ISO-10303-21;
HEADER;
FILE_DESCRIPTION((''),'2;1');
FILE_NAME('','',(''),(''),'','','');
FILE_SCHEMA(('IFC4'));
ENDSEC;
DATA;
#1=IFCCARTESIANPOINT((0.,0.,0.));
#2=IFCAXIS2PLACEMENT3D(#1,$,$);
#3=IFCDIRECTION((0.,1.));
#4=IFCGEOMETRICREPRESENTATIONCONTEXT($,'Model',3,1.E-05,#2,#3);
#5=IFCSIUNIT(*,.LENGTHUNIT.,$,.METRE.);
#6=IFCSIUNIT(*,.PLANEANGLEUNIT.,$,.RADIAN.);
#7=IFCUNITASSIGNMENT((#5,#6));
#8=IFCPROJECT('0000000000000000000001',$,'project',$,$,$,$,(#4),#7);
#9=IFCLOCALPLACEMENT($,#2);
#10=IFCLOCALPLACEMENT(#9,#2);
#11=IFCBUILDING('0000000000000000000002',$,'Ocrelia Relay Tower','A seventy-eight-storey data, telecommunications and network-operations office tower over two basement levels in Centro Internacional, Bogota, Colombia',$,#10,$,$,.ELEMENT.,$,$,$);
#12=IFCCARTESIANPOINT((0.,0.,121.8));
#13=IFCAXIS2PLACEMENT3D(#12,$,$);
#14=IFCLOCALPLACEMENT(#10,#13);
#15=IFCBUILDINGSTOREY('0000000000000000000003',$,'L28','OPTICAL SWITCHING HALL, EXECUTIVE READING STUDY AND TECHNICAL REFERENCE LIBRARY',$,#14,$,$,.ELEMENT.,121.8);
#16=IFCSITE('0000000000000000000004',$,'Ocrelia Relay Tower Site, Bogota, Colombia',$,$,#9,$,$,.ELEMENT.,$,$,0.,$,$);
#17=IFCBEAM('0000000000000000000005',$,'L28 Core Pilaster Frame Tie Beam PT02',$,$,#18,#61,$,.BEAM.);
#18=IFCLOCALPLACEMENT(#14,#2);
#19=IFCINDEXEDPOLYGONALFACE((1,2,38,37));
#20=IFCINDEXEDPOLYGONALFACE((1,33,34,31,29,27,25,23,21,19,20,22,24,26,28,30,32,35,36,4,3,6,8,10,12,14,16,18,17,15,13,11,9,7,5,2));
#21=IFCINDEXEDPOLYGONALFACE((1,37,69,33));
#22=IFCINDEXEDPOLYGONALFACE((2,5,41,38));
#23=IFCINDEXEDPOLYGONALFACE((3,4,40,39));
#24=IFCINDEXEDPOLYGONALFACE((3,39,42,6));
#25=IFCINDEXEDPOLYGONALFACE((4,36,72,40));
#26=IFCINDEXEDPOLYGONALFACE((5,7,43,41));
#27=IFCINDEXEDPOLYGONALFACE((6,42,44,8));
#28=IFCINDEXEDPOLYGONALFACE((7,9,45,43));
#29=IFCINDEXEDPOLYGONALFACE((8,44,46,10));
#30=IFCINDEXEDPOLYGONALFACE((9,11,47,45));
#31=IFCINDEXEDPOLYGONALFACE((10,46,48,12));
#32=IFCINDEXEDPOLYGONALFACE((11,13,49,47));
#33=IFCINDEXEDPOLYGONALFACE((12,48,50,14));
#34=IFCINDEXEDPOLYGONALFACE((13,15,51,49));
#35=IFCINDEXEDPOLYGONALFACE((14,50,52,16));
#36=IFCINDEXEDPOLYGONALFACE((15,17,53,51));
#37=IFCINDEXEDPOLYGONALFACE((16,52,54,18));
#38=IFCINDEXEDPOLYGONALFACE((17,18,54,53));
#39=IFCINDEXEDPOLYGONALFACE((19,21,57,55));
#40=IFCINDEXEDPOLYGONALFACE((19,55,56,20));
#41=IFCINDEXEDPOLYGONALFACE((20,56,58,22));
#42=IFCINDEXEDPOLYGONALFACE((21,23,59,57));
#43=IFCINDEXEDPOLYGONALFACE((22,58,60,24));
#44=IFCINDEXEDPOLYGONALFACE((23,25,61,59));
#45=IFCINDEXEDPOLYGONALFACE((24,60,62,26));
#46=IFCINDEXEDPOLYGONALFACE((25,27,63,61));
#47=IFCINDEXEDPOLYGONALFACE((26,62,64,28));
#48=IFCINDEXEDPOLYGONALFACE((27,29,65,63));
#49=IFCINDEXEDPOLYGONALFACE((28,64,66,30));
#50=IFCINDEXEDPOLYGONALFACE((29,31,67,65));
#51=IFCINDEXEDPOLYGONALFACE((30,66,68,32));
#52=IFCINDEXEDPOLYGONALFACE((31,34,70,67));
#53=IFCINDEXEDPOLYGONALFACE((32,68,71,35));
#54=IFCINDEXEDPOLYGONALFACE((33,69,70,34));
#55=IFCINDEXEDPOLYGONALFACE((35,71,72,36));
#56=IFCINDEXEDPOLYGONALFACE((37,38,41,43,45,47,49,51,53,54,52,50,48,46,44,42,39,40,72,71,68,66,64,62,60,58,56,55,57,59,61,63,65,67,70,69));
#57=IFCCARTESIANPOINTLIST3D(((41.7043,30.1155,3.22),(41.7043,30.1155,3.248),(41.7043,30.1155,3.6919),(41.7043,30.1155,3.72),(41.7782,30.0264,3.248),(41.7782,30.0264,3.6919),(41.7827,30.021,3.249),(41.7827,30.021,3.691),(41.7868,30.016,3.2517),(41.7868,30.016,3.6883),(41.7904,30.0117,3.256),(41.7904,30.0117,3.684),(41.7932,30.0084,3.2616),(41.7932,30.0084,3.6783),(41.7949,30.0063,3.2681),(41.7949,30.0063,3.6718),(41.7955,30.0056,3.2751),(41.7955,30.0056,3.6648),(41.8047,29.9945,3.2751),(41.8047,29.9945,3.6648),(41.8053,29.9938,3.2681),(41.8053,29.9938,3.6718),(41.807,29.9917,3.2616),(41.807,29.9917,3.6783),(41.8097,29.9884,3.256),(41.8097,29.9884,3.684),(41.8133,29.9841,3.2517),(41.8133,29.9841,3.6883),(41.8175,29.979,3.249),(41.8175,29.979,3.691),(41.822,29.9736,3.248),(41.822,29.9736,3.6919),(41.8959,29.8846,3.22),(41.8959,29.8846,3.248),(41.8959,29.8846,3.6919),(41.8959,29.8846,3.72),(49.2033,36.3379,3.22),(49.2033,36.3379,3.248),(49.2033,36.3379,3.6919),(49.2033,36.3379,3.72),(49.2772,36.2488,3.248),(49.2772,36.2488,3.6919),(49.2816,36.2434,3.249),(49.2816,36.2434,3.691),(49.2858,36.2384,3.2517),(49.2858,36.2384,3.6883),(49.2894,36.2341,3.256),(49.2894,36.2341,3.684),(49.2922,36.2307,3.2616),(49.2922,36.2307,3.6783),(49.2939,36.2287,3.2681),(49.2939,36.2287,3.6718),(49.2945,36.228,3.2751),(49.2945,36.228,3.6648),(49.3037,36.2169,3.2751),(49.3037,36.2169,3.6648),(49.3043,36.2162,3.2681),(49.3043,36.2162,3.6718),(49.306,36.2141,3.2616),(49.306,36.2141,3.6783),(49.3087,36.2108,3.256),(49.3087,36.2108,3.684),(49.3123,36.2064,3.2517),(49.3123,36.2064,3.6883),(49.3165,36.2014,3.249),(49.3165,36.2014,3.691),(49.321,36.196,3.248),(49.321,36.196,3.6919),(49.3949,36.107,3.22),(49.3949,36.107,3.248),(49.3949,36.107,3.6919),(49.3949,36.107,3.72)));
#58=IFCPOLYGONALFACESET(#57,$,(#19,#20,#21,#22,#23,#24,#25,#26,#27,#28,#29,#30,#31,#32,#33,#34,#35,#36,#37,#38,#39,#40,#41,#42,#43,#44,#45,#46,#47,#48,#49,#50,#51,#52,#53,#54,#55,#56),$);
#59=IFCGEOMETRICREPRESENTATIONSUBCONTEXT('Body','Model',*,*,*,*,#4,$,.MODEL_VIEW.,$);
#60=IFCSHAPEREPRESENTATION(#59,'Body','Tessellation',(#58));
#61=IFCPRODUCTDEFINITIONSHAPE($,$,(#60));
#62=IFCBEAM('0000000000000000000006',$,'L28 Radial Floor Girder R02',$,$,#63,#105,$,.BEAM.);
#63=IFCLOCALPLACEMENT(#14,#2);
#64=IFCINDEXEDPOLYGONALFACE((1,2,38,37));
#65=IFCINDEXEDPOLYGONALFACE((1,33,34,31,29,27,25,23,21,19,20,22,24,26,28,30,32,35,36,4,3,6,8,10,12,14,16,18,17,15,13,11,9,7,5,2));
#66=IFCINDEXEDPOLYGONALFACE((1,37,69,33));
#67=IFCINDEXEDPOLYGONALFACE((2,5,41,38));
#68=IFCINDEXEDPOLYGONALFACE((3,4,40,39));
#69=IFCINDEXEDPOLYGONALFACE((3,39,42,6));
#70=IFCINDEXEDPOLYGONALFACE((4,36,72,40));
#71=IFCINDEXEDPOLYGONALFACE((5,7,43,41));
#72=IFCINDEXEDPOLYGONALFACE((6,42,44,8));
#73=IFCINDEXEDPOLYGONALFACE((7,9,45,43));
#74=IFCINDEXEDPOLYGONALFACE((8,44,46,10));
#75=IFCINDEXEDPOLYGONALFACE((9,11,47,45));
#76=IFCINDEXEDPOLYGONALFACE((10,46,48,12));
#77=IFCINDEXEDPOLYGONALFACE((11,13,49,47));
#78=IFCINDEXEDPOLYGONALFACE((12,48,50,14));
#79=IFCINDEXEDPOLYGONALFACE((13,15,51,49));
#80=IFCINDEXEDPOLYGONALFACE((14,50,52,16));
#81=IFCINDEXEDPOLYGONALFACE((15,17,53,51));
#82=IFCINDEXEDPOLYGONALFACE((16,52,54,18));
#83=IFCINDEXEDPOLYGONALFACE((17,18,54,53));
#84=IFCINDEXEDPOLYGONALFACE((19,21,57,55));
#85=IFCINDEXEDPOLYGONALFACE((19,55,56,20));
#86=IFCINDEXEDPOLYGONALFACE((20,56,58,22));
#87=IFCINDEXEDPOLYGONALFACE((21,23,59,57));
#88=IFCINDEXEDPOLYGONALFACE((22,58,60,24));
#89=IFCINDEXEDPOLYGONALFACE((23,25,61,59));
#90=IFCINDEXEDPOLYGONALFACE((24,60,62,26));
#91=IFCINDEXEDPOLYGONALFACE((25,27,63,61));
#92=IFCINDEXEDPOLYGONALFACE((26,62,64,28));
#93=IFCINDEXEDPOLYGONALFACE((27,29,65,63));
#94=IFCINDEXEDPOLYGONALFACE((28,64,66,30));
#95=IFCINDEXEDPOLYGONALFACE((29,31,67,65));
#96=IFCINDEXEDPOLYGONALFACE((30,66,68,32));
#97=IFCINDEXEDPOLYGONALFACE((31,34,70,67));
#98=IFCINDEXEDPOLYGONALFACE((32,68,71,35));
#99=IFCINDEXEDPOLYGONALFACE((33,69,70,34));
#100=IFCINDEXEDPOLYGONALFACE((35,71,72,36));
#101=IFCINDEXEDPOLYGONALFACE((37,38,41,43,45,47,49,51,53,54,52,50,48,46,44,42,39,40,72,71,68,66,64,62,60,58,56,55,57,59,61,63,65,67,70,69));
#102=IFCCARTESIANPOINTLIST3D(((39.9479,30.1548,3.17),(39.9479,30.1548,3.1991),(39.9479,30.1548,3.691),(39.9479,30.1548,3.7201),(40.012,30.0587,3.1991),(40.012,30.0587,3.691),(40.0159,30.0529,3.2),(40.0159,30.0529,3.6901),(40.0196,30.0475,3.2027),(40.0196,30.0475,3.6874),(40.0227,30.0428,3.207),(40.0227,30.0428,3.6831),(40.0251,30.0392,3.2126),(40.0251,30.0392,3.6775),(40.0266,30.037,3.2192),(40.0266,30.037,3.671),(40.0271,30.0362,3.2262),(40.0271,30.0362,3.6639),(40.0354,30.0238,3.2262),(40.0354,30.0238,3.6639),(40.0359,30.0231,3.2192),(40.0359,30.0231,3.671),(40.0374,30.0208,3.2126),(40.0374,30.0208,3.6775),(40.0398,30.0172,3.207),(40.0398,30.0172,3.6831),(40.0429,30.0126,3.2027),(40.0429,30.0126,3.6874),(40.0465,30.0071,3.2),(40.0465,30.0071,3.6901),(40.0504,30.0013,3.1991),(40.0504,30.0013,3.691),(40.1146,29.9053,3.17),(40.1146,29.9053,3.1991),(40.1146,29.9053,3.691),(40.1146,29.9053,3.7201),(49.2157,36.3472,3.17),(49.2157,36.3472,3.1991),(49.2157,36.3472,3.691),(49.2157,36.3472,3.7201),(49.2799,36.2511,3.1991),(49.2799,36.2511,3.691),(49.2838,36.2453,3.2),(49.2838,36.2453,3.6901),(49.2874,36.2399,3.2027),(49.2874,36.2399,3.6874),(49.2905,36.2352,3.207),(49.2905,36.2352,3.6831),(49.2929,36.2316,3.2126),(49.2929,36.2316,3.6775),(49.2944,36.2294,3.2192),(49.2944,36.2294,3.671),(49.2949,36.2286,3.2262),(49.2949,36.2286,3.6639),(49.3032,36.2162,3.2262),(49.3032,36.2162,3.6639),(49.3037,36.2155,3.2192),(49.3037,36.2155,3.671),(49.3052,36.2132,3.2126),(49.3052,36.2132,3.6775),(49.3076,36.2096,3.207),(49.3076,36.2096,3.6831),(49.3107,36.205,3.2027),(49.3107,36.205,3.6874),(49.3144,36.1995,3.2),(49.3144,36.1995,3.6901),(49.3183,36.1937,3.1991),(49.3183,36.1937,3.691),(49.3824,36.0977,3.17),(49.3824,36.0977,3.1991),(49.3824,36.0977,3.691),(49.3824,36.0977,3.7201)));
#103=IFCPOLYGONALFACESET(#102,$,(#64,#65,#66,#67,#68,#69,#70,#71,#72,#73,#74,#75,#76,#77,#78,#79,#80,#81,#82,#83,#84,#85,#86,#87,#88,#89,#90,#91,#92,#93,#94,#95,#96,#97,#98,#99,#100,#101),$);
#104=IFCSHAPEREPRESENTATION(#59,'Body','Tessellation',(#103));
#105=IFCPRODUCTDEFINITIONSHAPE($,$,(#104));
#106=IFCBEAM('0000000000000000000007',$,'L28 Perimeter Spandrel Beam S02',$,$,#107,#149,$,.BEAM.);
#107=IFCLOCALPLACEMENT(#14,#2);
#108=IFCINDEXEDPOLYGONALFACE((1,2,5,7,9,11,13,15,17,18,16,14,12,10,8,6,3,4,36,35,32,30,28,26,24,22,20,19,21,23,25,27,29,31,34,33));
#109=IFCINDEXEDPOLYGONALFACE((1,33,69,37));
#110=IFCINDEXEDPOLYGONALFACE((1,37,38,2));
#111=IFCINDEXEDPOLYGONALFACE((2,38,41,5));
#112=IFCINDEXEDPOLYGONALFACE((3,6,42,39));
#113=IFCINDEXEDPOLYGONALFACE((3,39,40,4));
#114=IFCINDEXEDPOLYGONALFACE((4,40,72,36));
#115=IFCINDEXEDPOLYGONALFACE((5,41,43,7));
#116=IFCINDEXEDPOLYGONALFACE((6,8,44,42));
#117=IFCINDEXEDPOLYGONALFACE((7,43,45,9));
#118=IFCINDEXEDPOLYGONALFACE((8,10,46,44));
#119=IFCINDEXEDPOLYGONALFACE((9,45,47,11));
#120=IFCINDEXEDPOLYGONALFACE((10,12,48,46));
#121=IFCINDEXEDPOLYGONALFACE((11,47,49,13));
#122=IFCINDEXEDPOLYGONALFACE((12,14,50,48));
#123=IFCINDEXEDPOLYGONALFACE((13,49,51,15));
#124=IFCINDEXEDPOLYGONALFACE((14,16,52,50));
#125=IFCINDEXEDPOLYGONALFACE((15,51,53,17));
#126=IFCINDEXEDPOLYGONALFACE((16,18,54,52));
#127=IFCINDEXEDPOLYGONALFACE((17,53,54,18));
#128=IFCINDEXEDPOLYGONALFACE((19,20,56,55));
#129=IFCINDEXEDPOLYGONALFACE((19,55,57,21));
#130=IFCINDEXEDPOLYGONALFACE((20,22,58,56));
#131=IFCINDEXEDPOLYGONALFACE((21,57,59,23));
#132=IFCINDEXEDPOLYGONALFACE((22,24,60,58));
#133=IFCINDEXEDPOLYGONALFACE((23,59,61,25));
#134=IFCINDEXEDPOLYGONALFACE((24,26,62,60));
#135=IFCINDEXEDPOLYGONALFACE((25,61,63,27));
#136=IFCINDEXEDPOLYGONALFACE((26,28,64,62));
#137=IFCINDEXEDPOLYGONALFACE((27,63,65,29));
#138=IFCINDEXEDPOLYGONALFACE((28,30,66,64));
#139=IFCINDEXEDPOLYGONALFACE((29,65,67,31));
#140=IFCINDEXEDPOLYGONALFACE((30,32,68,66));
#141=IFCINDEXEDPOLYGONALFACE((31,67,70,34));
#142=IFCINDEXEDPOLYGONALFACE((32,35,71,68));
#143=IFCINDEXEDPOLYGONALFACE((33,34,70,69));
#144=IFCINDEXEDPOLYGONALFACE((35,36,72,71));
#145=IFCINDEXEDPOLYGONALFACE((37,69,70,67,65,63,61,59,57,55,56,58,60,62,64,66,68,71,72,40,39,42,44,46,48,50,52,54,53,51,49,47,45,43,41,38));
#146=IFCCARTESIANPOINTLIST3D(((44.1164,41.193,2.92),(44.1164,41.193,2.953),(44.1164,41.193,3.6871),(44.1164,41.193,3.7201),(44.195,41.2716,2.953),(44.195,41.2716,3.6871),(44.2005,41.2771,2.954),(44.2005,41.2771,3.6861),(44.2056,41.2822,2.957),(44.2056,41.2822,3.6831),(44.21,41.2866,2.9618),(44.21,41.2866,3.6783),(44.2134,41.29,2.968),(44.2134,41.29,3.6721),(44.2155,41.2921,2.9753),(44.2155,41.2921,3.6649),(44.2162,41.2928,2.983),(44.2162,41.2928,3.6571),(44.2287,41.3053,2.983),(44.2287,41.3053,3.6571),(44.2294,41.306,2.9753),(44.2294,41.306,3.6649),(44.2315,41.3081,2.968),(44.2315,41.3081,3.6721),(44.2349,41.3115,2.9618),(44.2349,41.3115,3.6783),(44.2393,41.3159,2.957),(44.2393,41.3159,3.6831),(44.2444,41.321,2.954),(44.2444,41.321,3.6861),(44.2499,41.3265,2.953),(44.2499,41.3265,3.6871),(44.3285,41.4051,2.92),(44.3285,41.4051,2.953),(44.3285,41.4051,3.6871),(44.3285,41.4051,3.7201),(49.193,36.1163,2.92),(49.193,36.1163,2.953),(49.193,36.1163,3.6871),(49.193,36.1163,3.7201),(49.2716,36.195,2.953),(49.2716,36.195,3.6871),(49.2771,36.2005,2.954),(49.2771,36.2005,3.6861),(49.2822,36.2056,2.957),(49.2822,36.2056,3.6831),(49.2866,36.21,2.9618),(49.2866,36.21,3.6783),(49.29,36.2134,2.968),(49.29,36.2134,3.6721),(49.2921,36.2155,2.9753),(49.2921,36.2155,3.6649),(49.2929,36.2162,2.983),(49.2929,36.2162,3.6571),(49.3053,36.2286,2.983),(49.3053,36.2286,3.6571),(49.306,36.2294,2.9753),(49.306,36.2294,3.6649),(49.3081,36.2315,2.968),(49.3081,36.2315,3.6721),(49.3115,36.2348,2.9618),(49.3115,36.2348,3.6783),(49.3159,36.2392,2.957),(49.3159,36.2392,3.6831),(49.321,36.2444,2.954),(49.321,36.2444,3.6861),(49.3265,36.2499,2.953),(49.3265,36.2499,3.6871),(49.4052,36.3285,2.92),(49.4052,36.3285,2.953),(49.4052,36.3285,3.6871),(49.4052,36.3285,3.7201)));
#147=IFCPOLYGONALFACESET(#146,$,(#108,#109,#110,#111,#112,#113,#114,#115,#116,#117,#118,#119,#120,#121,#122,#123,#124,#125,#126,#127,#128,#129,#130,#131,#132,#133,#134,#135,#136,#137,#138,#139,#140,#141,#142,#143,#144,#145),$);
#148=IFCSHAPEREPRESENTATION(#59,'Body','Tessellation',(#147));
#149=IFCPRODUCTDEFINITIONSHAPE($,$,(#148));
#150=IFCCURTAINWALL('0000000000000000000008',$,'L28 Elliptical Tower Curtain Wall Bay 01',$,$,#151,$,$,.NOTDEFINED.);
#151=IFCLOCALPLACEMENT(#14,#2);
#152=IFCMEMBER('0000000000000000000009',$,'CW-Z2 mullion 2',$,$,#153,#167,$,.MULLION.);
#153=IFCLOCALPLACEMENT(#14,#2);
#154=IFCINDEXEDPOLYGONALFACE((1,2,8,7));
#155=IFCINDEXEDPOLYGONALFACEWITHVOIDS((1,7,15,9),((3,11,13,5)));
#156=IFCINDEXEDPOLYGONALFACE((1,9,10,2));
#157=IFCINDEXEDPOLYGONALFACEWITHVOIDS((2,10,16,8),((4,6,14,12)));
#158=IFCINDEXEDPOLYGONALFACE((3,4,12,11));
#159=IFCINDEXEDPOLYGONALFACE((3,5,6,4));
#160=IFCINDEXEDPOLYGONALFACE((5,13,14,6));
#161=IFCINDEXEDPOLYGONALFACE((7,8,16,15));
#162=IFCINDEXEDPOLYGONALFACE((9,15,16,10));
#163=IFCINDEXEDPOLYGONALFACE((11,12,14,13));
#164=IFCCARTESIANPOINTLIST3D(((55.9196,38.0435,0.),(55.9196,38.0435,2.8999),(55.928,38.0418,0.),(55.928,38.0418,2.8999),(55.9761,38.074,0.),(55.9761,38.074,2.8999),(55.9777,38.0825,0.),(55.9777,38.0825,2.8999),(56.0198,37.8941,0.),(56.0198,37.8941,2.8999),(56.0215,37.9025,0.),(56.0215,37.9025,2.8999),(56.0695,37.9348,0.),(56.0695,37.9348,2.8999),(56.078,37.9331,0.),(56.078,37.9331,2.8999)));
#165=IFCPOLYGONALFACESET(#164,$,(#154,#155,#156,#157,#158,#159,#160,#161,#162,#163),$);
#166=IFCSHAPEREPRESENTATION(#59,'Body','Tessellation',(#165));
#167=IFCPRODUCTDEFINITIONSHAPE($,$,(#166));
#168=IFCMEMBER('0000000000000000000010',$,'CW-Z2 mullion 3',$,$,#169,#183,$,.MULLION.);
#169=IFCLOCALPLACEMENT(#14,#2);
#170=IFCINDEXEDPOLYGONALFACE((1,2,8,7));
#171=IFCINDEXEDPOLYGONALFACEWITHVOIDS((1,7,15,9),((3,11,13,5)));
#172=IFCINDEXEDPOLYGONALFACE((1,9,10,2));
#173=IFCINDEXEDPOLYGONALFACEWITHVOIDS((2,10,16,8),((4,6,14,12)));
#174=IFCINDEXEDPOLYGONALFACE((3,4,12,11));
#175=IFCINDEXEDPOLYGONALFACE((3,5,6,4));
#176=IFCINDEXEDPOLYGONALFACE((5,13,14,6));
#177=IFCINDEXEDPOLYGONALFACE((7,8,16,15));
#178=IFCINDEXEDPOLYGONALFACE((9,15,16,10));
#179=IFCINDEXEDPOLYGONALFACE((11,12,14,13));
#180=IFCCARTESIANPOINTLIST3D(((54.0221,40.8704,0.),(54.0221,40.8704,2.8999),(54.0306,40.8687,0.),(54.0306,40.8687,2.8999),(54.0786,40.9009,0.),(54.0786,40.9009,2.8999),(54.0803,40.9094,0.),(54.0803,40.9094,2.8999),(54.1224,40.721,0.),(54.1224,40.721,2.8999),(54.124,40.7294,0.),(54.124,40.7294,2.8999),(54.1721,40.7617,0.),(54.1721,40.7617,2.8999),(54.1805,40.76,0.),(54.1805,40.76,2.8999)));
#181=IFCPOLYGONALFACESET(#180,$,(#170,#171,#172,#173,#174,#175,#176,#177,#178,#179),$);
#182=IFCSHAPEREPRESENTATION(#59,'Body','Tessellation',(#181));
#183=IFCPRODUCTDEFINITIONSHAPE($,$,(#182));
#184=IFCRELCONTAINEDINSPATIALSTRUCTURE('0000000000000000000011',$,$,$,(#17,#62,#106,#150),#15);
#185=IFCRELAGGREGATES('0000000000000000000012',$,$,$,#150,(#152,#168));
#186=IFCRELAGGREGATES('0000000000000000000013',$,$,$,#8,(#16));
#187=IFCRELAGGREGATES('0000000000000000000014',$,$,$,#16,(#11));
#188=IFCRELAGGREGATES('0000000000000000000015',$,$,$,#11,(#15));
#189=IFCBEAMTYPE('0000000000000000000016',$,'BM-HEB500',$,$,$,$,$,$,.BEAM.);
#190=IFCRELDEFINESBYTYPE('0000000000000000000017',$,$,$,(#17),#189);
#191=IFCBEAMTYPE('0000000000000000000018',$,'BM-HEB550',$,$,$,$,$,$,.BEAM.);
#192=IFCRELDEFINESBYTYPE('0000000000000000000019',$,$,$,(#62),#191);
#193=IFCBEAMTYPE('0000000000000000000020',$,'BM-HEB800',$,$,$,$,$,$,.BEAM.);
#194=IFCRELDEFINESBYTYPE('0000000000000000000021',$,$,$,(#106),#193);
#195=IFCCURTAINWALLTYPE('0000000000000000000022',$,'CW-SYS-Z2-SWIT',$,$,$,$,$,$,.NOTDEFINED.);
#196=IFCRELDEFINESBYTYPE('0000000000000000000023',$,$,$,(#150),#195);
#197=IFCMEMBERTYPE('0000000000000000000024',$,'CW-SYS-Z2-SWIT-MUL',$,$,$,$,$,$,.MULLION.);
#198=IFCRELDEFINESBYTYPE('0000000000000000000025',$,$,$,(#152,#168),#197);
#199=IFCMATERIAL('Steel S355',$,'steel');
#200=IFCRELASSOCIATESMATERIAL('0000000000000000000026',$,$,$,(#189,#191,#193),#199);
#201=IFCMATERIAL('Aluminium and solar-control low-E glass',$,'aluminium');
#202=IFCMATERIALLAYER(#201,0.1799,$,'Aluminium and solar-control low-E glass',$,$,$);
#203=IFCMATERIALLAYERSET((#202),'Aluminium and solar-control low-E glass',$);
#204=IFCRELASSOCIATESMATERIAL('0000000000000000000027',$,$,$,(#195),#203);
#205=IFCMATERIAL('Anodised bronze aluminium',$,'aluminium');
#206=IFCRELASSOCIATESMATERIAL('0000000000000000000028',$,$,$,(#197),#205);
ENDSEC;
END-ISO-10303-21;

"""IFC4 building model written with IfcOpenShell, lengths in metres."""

from ifc_helpers import new_model, si_unit, direction, frame, origin, origin_2d, place, context, subcontext, project, spatial, hollow_rectangle, i_section, extrude, material, layer, layer_set, material_profile, profile_set, type_object, element, aggregate, save


model = new_model("IFC4")

# Units and contexts
model_context = context("Model", 3, precision=1e-05, world=origin(), true_north=direction((0.0, 1.0)))
body_context = subcontext(model_context, "Body", "Model", "MODEL_VIEW")
ifc_project = project(units=[si_unit("LENGTHUNIT", "METRE"), si_unit("PLANEANGLEUNIT", "RADIAN")], contexts=[model_context])

# Site, building, storey
site_placement = place(None, origin())
site = spatial("IfcSite", under=ifc_project, at=site_placement, Name="Ocrelia Relay Tower Site, Bogota, Colombia", CompositionType="ELEMENT", RefElevation=0.0)
building_placement = place(site_placement, origin())
building = spatial("IfcBuilding", under=site, at=building_placement, Name="Ocrelia Relay Tower", Description="A seventy-eight-storey data, telecommunications and network-operations office tower over two basement levels in Centro Internacional, Bogota, Colombia", CompositionType="ELEMENT")
storey_placement = place(building_placement, frame((0.0, 0.0, 121.8)))
storey = spatial("IfcBuildingStorey", under=building, at=storey_placement, Name="L28", Description="OPTICAL SWITCHING HALL, EXECUTIVE READING STUDY AND TECHNICAL REFERENCE LIBRARY", CompositionType="ELEMENT", Elevation=121.8)

# Beams
ifc_material_1 = material(Name="Steel S355", Category="steel")
ifc_material_profile_1 = material_profile(ifc_material_1, i_section(OverallWidth=0.3, OverallDepth=0.5, WebThickness=0.0144, FlangeThickness=0.0281, FilletRadius=0.0271, at=origin_2d()), Name="HEB 500")
ifc_profile_set_1 = profile_set([ifc_material_profile_1], Name="Steel S355")
beam_type_1 = type_object("IfcBeamType", Name="BM-HEB500", PredefinedType="BEAM", material=ifc_profile_set_1)
beam_1_placement = place(storey_placement, frame((49.2991, 36.2224, 3.47), z_axis=(-0.769571, -0.638561, 0.0), x_axis=(0.638561, -0.769571, 0.0)))
element("IfcBeam", 1, at=beam_1_placement, inside=storey, type_object=beam_type_1, Name="L28 Core Pilaster Frame Tie Beam PT02", PredefinedType="BEAM", context=body_context, shape_type="SweptSolid", body=[
    extrude(i_section(OverallWidth=0.3, OverallDepth=0.5, WebThickness=0.0144, FlangeThickness=0.0281, FilletRadius=0.0271, at=origin_2d()), origin(), (0.0, 0.0, 1.0), 9.7444),
])
ifc_material_profile_2 = material_profile(ifc_material_1, i_section(OverallWidth=0.3, OverallDepth=0.55, WebThickness=0.0149, FlangeThickness=0.0291, FilletRadius=0.0271, at=origin_2d()), Name="HEB 550")
ifc_profile_set_2 = profile_set([ifc_material_profile_2], Name="Steel S355")
beam_type_2 = type_object("IfcBeamType", Name="BM-HEB550", PredefinedType="BEAM", material=ifc_profile_set_2)
beam_2_placement = place(storey_placement, frame((49.2991, 36.2224, 3.4451), z_axis=(-0.831477, -0.555559, 0.0), x_axis=(0.555559, -0.831477, 0.0)))
element("IfcBeam", 2, at=beam_2_placement, inside=storey, type_object=beam_type_2, Name="L28 Radial Floor Girder R02", PredefinedType="BEAM", context=body_context, shape_type="SweptSolid", body=[
    extrude(i_section(OverallWidth=0.3, OverallDepth=0.55, WebThickness=0.0149, FlangeThickness=0.0291, FilletRadius=0.0271, at=origin_2d()), origin(), (0.0, 0.0, 1.0), 11.1462),
])
ifc_material_profile_3 = material_profile(ifc_material_1, i_section(OverallWidth=0.3, OverallDepth=0.8, WebThickness=0.0176, FlangeThickness=0.033, FilletRadius=0.03, at=origin_2d()), Name="HEB 800")
ifc_profile_set_3 = profile_set([ifc_material_profile_3], Name="Steel S355")
beam_type_3 = type_object("IfcBeamType", Name="BM-HEB800", PredefinedType="BEAM", material=ifc_profile_set_3)
beam_3_placement = place(storey_placement, frame((49.2991, 36.2224, 3.3201), z_axis=(-0.707107, 0.707107, 0.0), x_axis=(-0.707107, -0.707107, 0.0)))
element("IfcBeam", 3, at=beam_3_placement, inside=storey, type_object=beam_type_3, Name="L28 Perimeter Spandrel Beam S02", PredefinedType="BEAM", context=body_context, shape_type="SweptSolid", body=[
    extrude(i_section(OverallWidth=0.3, OverallDepth=0.8, WebThickness=0.0176, FlangeThickness=0.033, FilletRadius=0.03, at=origin_2d()), origin(), (0.0, 0.0, 1.0), 7.1794),
])

# Curtain wall, members
ifc_material_2 = material(Name="Aluminium and solar-control low-E glass", Category="aluminium")
ifc_layer_1 = layer(ifc_material_2, 0.1799, Name="Aluminium and solar-control low-E glass")
ifc_layer_set_1 = layer_set([ifc_layer_1], Name="Aluminium and solar-control low-E glass")
curtain_wall_type = type_object("IfcCurtainWallType", Name="CW-SYS-Z2-SWIT", PredefinedType="NOTDEFINED", material=ifc_layer_set_1)
curtain_wall_placement = place(storey_placement, origin())
curtain_wall = element("IfcCurtainWall", 4, at=curtain_wall_placement, inside=storey, type_object=curtain_wall_type, Name="L28 Elliptical Tower Curtain Wall Bay 01", PredefinedType="NOTDEFINED")
ifc_material_3 = material(Name="Anodised bronze aluminium", Category="aluminium")
ifc_material_profile_4 = material_profile(ifc_material_3, hollow_rectangle(XDim=0.0701, YDim=0.1799, WallThickness=0.0061, at=origin_2d()), Name="CW-MUL-180x70")
ifc_profile_set_4 = profile_set([ifc_material_profile_4], Name="Anodised bronze aluminium")
member_type_1 = type_object("IfcMemberType", Name="CW-SYS-Z2-SWIT-MUL", PredefinedType="MULLION", material=ifc_profile_set_4)
member_1_placement = place(storey_placement, frame((55.9988, 37.9883, 0.0), z_axis=(0.0, 0.0, 1.0), x_axis=(-0.830313, -0.557297, 0.0)))
member_1 = element("IfcMember", 5, at=member_1_placement, type_object=member_type_1, Name="CW-Z2 mullion 2", PredefinedType="MULLION", context=body_context, shape_type="SweptSolid", body=[
    extrude(hollow_rectangle(XDim=0.0701, YDim=0.1799, WallThickness=0.0061, at=origin_2d()), origin(), (0.0, 0.0, 1.0), 2.8999),
])
member_2_placement = place(storey_placement, frame((54.1013, 40.8152, 0.0), z_axis=(0.0, 0.0, 1.0), x_axis=(-0.830313, -0.557297, 0.0)))
member_2 = element("IfcMember", 6, at=member_2_placement, type_object=member_type_1, Name="CW-Z2 mullion 3", PredefinedType="MULLION", context=body_context, shape_type="SweptSolid", body=[
    extrude(hollow_rectangle(XDim=0.0701, YDim=0.1799, WallThickness=0.0061, at=origin_2d()), origin(), (0.0, 0.0, 1.0), 2.8999),
])
aggregate(curtain_wall, [member_1, member_2])

save(model, "model.ifc")
